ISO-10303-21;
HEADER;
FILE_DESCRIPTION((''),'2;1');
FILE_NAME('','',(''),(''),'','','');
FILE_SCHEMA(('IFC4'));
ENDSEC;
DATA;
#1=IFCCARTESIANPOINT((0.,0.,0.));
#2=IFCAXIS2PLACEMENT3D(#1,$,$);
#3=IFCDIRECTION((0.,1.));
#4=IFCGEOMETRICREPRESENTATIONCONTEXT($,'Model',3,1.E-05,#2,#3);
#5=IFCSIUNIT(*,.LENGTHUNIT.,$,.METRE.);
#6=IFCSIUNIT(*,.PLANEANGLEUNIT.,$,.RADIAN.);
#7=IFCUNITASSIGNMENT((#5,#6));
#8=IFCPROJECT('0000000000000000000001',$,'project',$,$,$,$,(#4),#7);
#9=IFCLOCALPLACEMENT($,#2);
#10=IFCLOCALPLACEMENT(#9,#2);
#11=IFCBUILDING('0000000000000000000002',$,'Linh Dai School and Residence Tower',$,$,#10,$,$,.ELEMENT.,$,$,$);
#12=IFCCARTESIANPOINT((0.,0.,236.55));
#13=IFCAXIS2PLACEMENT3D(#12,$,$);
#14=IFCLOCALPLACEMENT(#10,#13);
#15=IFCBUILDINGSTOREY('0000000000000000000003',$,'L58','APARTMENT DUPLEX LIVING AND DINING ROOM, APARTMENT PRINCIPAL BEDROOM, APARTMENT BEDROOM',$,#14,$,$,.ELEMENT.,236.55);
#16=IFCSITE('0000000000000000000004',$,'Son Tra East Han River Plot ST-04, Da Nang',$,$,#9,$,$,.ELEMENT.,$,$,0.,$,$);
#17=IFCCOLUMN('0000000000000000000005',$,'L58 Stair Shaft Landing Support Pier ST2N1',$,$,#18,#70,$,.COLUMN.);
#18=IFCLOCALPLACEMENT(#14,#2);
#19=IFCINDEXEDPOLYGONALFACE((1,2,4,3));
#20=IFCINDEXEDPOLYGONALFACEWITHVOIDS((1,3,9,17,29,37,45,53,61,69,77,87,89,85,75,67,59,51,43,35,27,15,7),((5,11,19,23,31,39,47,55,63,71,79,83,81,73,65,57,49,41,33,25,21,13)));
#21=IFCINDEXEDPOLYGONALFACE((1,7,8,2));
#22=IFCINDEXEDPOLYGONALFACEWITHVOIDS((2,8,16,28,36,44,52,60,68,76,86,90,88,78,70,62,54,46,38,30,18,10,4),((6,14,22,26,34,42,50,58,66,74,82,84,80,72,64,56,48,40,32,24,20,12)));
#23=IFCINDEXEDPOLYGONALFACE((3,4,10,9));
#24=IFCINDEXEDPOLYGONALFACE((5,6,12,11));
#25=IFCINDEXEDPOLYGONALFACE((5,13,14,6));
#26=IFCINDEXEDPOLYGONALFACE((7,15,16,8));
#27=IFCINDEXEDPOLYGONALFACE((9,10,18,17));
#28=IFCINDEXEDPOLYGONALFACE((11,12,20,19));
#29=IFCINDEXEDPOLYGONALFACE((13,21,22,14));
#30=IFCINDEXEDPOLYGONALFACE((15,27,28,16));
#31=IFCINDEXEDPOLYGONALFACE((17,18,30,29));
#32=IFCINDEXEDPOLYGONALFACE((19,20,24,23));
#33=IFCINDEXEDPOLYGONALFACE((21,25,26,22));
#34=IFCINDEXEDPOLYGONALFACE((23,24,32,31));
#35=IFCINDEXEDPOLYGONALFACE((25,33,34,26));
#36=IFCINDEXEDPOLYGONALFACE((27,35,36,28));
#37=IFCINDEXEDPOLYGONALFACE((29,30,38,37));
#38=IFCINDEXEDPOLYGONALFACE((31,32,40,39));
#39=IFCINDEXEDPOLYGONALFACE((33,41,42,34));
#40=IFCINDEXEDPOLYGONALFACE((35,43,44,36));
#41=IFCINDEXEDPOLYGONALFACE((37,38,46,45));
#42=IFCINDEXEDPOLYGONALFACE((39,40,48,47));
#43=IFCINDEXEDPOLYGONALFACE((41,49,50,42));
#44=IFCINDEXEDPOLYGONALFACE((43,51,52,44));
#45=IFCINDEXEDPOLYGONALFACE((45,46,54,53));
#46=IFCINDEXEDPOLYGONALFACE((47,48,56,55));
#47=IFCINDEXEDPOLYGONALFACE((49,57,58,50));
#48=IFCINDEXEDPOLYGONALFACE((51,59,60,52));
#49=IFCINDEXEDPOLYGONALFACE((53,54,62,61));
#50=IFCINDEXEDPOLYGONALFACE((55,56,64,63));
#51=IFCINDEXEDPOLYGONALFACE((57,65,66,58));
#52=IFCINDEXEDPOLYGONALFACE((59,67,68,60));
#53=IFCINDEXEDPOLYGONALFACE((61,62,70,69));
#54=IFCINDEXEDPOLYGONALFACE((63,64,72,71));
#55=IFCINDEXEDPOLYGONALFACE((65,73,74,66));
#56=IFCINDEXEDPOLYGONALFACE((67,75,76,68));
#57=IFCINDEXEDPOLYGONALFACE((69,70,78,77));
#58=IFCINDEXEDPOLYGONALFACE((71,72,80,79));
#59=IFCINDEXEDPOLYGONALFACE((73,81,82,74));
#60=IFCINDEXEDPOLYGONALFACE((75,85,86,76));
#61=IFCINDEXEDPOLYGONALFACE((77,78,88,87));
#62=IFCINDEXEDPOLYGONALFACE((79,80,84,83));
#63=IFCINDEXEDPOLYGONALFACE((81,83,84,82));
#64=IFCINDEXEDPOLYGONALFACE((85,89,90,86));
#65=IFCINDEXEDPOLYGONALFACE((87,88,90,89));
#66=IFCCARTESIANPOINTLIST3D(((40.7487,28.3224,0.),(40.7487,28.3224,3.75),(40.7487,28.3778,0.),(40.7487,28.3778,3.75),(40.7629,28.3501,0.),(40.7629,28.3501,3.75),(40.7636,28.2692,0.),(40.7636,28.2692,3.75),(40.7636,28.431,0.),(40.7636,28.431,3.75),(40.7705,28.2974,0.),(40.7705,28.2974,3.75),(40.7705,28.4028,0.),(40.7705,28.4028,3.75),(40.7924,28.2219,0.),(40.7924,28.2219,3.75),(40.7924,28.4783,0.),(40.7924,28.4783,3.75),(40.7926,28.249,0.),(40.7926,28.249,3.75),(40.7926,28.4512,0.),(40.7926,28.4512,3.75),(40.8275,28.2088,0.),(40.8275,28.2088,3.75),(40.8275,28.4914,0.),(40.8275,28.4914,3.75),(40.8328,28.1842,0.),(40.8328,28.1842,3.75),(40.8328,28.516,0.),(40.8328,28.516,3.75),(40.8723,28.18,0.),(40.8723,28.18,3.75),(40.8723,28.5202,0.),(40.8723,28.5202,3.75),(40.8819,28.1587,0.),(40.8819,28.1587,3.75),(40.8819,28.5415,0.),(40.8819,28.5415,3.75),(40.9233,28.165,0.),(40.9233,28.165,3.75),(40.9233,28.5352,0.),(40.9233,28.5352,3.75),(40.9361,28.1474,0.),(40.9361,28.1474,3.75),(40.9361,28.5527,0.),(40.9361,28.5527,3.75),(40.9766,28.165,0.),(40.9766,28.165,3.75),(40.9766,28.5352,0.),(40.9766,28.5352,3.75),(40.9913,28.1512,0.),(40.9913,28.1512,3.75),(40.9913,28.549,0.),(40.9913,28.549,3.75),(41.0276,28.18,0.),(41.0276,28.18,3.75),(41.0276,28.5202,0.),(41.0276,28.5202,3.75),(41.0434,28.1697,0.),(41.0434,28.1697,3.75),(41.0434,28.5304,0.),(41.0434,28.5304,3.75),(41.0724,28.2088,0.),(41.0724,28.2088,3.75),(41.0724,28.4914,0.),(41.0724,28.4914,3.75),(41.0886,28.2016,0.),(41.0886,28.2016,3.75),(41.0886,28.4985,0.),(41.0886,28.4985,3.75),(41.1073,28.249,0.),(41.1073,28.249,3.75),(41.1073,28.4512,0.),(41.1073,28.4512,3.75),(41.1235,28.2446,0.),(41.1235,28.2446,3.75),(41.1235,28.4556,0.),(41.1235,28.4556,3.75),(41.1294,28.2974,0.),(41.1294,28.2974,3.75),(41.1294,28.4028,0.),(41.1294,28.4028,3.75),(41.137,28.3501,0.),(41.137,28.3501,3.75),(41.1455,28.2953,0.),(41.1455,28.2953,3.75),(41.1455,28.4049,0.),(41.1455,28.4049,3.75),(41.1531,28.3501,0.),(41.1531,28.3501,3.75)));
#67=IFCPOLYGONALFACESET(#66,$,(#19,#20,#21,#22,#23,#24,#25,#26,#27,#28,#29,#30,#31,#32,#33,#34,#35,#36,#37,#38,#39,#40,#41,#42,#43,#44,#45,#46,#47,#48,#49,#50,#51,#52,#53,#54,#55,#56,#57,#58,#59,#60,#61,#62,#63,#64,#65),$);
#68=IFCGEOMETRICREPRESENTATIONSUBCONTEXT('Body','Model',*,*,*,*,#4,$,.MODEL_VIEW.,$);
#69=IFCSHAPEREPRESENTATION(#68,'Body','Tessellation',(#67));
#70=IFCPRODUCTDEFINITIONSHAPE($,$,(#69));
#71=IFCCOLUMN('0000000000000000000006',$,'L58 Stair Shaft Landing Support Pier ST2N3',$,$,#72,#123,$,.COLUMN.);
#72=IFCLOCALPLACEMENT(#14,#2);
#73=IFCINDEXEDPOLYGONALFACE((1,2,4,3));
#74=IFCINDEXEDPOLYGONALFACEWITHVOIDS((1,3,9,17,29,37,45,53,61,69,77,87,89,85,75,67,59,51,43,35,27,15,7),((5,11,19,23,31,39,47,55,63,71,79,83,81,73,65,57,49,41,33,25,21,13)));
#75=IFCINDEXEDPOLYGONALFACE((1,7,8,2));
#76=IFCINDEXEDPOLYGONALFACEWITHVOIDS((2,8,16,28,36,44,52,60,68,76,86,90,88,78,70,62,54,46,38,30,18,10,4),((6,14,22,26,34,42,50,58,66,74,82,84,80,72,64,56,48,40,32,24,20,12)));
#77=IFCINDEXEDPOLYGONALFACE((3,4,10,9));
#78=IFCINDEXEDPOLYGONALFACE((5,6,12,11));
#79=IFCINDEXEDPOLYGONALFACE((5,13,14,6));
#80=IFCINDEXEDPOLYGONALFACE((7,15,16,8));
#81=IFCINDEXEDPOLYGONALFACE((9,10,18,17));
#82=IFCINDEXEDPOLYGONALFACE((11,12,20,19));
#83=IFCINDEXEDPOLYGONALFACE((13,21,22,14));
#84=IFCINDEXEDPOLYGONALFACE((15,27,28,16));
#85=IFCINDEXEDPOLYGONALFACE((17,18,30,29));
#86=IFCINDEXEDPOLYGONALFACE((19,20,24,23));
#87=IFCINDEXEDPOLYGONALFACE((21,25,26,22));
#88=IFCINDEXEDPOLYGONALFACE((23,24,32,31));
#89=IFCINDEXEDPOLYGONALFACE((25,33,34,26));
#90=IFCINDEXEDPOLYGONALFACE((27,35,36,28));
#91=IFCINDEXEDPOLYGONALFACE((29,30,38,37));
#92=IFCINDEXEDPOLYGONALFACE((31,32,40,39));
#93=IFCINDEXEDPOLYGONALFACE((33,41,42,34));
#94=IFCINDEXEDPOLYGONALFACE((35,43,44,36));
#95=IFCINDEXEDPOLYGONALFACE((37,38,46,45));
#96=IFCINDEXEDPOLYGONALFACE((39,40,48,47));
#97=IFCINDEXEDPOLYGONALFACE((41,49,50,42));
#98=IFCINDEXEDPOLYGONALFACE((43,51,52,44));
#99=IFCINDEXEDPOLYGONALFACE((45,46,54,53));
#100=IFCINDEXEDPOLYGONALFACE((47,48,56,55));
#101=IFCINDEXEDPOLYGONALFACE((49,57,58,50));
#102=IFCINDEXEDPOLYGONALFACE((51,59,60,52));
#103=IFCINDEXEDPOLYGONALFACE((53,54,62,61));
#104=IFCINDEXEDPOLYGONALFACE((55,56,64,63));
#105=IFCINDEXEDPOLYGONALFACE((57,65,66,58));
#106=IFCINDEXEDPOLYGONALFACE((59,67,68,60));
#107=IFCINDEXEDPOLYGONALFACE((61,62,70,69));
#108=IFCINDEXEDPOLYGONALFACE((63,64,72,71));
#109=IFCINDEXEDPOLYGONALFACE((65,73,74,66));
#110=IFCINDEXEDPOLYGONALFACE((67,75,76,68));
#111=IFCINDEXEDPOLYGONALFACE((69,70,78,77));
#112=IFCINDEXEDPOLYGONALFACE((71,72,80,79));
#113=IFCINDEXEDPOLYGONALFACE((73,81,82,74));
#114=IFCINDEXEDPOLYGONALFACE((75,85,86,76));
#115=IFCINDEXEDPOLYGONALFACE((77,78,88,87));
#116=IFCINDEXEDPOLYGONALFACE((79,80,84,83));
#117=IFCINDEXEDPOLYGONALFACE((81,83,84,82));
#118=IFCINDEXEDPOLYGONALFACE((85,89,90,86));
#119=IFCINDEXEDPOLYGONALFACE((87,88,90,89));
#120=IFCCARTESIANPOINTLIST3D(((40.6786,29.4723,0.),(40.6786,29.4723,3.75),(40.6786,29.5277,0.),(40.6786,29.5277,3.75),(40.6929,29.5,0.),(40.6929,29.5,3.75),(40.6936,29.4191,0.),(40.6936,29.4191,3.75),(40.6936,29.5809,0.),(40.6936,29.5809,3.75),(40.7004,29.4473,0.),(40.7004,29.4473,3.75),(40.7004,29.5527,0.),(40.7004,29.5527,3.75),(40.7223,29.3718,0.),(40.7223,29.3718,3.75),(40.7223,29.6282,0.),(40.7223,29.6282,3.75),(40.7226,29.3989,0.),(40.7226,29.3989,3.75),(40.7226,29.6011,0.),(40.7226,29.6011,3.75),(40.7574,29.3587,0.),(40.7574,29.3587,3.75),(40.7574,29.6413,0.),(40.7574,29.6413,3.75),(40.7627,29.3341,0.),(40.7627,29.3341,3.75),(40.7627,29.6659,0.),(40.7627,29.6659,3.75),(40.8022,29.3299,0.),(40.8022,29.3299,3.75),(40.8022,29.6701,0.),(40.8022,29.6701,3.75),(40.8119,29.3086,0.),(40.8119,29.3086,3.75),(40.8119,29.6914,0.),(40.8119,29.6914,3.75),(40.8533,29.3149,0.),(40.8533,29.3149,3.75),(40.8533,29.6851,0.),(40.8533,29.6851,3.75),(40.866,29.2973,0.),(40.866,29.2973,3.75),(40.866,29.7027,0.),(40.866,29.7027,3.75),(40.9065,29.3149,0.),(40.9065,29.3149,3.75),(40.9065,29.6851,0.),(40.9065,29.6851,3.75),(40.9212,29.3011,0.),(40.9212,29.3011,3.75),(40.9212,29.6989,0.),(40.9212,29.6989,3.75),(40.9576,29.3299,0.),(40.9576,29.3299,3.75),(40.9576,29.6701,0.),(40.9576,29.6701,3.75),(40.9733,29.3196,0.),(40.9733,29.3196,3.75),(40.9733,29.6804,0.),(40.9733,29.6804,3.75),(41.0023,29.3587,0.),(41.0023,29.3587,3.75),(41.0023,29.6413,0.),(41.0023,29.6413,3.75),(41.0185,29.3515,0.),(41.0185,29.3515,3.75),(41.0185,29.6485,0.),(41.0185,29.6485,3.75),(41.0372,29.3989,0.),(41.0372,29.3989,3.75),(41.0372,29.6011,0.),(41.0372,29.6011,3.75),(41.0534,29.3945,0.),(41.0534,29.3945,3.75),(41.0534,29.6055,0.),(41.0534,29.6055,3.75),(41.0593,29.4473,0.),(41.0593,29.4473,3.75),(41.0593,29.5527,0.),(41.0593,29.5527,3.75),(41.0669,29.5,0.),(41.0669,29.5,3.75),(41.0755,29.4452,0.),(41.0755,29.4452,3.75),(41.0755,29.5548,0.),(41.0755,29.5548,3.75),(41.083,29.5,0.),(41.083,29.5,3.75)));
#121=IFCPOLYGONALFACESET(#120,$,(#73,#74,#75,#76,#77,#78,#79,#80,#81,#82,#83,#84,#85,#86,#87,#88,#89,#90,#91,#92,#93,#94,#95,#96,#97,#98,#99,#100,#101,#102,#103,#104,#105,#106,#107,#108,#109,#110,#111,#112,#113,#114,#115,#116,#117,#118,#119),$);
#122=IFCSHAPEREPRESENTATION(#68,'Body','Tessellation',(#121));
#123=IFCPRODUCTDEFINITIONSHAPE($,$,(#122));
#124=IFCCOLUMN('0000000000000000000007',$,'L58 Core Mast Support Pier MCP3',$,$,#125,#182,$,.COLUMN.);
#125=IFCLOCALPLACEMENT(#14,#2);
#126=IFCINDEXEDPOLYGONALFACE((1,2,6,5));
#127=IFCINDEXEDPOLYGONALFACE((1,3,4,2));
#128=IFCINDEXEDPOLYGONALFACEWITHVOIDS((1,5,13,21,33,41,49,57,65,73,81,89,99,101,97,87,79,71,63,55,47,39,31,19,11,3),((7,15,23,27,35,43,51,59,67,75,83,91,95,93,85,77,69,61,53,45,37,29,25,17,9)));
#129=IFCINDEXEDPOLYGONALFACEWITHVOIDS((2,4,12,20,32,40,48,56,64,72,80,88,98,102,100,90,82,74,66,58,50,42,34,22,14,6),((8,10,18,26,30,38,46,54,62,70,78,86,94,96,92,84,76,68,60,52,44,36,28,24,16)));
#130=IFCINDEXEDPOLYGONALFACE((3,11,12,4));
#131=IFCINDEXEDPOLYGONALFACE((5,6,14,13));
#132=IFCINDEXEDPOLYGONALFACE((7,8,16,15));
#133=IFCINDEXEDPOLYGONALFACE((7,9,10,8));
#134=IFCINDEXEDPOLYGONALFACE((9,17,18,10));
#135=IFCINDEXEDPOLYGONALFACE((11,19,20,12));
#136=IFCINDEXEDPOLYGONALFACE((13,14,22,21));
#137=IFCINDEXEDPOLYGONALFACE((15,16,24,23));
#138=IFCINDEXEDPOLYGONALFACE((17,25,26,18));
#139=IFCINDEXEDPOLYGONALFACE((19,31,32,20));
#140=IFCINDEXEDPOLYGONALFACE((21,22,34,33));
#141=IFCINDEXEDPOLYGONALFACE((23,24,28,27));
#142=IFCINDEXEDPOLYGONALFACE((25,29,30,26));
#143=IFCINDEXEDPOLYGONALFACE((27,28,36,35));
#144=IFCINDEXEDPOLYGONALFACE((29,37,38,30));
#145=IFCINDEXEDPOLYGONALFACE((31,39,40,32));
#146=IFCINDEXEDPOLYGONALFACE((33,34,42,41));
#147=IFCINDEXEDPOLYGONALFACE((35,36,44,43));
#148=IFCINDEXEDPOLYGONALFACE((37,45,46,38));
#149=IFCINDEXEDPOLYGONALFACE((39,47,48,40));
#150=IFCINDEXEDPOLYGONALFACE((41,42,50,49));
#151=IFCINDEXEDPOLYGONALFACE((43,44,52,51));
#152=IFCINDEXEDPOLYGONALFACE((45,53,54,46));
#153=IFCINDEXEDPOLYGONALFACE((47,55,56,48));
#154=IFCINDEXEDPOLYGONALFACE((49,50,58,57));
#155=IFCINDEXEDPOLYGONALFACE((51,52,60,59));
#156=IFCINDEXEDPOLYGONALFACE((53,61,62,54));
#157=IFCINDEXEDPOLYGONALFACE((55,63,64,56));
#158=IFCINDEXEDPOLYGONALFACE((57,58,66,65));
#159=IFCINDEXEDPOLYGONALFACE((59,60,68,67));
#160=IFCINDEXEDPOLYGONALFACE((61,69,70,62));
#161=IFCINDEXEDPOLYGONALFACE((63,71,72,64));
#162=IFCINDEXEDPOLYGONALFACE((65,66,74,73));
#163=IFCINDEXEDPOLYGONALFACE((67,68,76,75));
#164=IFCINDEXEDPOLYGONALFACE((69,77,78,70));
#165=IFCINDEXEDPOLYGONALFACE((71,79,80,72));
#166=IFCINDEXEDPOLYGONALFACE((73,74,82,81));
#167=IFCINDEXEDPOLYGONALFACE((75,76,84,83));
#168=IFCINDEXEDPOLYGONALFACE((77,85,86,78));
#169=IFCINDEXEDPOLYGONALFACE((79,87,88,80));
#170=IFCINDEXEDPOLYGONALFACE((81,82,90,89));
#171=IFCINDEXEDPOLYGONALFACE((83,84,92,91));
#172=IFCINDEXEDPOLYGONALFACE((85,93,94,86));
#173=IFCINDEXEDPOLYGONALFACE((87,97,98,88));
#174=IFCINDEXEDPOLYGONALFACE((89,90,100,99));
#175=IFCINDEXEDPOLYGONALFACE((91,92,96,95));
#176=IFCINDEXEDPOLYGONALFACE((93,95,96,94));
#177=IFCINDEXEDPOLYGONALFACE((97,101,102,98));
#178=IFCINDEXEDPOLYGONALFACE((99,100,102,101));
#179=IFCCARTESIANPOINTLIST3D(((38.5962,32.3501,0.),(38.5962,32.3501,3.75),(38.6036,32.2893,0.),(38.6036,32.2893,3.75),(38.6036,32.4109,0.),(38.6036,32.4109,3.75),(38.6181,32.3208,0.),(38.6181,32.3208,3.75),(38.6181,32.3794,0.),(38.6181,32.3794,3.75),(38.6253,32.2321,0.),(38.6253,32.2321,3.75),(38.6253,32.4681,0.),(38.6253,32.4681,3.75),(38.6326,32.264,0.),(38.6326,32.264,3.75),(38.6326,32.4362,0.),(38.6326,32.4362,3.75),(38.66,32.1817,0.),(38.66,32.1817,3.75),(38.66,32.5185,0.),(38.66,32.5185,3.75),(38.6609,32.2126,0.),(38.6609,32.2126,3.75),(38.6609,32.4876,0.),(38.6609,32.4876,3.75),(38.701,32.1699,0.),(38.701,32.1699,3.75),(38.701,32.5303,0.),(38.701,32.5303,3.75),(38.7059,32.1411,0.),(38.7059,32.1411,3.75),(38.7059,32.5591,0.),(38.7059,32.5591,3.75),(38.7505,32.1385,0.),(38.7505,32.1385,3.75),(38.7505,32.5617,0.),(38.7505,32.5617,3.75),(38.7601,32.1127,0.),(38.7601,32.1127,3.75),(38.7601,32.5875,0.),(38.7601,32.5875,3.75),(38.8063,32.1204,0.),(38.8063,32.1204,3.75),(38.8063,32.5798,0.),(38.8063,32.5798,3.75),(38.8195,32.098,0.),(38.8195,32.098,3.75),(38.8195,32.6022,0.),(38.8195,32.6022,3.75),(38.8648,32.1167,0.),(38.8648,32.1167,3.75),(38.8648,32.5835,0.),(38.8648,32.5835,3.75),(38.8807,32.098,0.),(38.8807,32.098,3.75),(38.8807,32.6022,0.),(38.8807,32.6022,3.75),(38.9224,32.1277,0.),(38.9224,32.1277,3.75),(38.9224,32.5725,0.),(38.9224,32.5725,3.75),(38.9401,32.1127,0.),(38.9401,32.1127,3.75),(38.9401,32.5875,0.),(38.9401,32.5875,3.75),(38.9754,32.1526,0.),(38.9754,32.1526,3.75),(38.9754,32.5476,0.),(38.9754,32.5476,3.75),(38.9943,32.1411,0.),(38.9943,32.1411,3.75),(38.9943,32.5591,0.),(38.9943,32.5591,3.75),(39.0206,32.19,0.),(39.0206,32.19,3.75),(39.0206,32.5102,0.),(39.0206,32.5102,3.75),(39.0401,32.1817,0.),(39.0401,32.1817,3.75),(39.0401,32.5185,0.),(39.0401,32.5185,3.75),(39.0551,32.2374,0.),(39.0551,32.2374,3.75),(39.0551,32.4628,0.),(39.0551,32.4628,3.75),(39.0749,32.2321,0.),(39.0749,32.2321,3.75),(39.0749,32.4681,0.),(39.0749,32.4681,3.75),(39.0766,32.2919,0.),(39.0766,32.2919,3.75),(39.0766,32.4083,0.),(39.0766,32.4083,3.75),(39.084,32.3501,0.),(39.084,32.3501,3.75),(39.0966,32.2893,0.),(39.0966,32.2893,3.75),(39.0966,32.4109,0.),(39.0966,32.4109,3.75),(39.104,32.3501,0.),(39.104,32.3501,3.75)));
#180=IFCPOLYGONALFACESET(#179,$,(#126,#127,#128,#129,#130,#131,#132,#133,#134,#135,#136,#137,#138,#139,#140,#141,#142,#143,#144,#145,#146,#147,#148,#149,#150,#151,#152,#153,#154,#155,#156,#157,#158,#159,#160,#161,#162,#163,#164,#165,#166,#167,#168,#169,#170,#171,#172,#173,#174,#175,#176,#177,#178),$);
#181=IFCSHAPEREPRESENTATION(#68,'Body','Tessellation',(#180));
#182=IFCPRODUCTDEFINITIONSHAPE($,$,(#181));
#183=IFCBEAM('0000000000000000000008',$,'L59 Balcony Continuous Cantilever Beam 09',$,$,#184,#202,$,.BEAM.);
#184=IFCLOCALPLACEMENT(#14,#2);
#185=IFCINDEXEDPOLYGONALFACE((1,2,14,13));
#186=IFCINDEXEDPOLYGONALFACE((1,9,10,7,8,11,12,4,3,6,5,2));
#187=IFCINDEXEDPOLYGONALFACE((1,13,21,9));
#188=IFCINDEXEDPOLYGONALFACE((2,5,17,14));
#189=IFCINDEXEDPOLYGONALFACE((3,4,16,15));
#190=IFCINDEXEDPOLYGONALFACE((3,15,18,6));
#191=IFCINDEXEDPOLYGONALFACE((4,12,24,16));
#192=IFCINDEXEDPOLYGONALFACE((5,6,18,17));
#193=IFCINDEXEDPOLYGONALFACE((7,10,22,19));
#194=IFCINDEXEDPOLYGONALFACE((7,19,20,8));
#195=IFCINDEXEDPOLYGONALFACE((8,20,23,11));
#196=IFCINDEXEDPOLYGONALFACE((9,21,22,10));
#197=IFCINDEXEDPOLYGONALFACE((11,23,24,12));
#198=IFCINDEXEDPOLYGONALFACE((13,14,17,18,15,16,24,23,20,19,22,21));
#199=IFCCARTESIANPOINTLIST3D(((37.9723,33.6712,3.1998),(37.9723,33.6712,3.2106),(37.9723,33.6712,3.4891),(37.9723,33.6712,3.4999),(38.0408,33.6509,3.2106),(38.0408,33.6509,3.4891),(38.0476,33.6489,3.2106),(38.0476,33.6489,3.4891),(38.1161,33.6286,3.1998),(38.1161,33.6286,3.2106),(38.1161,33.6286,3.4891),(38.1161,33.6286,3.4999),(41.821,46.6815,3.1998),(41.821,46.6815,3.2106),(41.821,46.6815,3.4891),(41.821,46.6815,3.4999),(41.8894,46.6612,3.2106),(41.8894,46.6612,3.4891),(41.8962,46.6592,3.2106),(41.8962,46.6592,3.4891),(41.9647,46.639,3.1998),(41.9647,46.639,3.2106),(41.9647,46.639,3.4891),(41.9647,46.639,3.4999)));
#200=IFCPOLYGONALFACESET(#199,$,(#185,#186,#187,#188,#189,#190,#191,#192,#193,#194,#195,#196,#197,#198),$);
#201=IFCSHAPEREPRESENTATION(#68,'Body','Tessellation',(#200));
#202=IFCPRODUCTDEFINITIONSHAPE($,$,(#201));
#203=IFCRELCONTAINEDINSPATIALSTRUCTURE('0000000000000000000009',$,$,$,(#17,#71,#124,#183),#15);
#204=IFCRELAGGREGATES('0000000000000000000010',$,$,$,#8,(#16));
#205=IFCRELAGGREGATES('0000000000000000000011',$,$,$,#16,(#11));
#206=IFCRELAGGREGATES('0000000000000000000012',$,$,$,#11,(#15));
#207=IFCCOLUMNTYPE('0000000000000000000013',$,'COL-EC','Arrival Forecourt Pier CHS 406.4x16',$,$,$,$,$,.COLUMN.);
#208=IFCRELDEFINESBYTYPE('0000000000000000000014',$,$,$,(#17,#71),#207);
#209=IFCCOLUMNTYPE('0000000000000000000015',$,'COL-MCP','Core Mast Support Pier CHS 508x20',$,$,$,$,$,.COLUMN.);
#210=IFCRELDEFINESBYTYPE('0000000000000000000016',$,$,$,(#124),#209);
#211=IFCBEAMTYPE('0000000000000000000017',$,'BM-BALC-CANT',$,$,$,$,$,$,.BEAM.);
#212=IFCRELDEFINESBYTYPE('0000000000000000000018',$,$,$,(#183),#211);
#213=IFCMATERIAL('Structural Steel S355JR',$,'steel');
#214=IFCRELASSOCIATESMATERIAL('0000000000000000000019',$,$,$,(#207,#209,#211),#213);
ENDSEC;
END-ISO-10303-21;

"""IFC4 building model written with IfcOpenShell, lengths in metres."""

from ifc_helpers import new_model, si_unit, direction, frame, origin, origin_2d, place, context, subcontext, project, spatial, hollow_circle, i_section, extrude, material, material_profile, profile_set, type_object, element, save


model = new_model("IFC4")

# Units and contexts
model_context = context("Model", 3, precision=1e-05, world=origin(), true_north=direction((0.0, 1.0)))
body_context = subcontext(model_context, "Body", "Model", "MODEL_VIEW")
ifc_project = project(units=[si_unit("LENGTHUNIT", "METRE"), si_unit("PLANEANGLEUNIT", "RADIAN")], contexts=[model_context])

# Site, building, storey
site_placement = place(None, origin())
site = spatial("IfcSite", under=ifc_project, at=site_placement, Name="Son Tra East Han River Plot ST-04, Da Nang", CompositionType="ELEMENT", RefElevation=0.0)
building_placement = place(site_placement, origin())
building = spatial("IfcBuilding", under=site, at=building_placement, Name="Linh Dai School and Residence Tower", CompositionType="ELEMENT")
storey_placement = place(building_placement, frame((0.0, 0.0, 236.55)))
storey = spatial("IfcBuildingStorey", under=building, at=storey_placement, Name="L58", Description="APARTMENT DUPLEX LIVING AND DINING ROOM, APARTMENT PRINCIPAL BEDROOM, APARTMENT BEDROOM", CompositionType="ELEMENT", Elevation=236.55)

# Columns
ifc_material_1 = material(Name="Structural Steel S355JR", Category="steel")
ifc_material_profile_1 = material_profile(ifc_material_1, hollow_circle(Radius=0.2031, WallThickness=0.0161, at=origin_2d()), Name="CHS 406.4x16")
ifc_profile_set_1 = profile_set([ifc_material_profile_1], Name="Structural Steel S355JR")
column_type_1 = type_object("IfcColumnType", Name="COL-EC", Description="Arrival Forecourt Pier CHS 406.4x16", PredefinedType="COLUMN", material=ifc_profile_set_1)
for number, where, z_axis, x_axis, name in (
    (1, (40.95, 28.3501, 0.0), (0.0, 0.0, 1.0), (1.0, 0.0, 0.0), "L58 Stair Shaft Landing Support Pier ST2N1"),
    (2, (40.8799, 29.5, 0.0), (0.0, 0.0, 1.0), (1.0, 0.0, 0.0), "L58 Stair Shaft Landing Support Pier ST2N3"),
):
    element("IfcColumn", number, at=place(storey_placement, frame(where, z_axis=z_axis, x_axis=x_axis)), inside=storey, type_object=column_type_1, Name=name, PredefinedType="COLUMN", context=body_context, shape_type="SweptSolid", body=[
        extrude(hollow_circle(Radius=0.2031, WallThickness=0.0161, at=origin_2d()), origin(), (0.0, 0.0, 1.0), 3.75),
    ])
ifc_material_profile_2 = material_profile(ifc_material_1, hollow_circle(Radius=0.2539, WallThickness=0.02, at=origin_2d()), Name="CHS 508x20")
ifc_profile_set_2 = profile_set([ifc_material_profile_2], Name="Structural Steel S355JR")
column_type_2 = type_object("IfcColumnType", Name="COL-MCP", Description="Core Mast Support Pier CHS 508x20", PredefinedType="COLUMN", material=ifc_profile_set_2)
column_placement = place(storey_placement, frame((38.8501, 32.3501, 0.0), z_axis=(0.0, 0.0, 1.0), x_axis=(1.0, 0.0, 0.0)))
element("IfcColumn", 3, at=column_placement, inside=storey, type_object=column_type_2, Name="L58 Core Mast Support Pier MCP3", PredefinedType="COLUMN", context=body_context, shape_type="SweptSolid", body=[
    extrude(hollow_circle(Radius=0.2539, WallThickness=0.02, at=origin_2d()), origin(), (0.0, 0.0, 1.0), 3.75),
])

# Beam
ifc_material_profile_3 = material_profile(ifc_material_1, i_section(OverallWidth=0.1499, OverallDepth=0.3, WebThickness=0.0071, FlangeThickness=0.0107, at=origin_2d()), Name="IPE 300")
ifc_profile_set_3 = profile_set([ifc_material_profile_3], Name="Structural Steel S355JR")
beam_type_1 = type_object("IfcBeamType", Name="BM-BALC-CANT", PredefinedType="BEAM", material=ifc_profile_set_3)
beam_1_placement = place(storey_placement, frame((38.0442, 33.6499, 3.3499), z_axis=(0.283664, 0.958924, 0.0), x_axis=(-0.958924, 0.283664, 0.0)))
element("IfcBeam", 4, at=beam_1_placement, inside=storey, type_object=beam_type_1, Name="L59 Balcony Continuous Cantilever Beam 09", PredefinedType="BEAM", context=body_context, shape_type="SweptSolid", body=[
    extrude(i_section(OverallWidth=0.1499, OverallDepth=0.3, WebThickness=0.0071, FlangeThickness=0.0107, at=origin_2d()), origin(), (0.0, 0.0, 1.0), 13.5676),
])

save(model, "model.ifc")
